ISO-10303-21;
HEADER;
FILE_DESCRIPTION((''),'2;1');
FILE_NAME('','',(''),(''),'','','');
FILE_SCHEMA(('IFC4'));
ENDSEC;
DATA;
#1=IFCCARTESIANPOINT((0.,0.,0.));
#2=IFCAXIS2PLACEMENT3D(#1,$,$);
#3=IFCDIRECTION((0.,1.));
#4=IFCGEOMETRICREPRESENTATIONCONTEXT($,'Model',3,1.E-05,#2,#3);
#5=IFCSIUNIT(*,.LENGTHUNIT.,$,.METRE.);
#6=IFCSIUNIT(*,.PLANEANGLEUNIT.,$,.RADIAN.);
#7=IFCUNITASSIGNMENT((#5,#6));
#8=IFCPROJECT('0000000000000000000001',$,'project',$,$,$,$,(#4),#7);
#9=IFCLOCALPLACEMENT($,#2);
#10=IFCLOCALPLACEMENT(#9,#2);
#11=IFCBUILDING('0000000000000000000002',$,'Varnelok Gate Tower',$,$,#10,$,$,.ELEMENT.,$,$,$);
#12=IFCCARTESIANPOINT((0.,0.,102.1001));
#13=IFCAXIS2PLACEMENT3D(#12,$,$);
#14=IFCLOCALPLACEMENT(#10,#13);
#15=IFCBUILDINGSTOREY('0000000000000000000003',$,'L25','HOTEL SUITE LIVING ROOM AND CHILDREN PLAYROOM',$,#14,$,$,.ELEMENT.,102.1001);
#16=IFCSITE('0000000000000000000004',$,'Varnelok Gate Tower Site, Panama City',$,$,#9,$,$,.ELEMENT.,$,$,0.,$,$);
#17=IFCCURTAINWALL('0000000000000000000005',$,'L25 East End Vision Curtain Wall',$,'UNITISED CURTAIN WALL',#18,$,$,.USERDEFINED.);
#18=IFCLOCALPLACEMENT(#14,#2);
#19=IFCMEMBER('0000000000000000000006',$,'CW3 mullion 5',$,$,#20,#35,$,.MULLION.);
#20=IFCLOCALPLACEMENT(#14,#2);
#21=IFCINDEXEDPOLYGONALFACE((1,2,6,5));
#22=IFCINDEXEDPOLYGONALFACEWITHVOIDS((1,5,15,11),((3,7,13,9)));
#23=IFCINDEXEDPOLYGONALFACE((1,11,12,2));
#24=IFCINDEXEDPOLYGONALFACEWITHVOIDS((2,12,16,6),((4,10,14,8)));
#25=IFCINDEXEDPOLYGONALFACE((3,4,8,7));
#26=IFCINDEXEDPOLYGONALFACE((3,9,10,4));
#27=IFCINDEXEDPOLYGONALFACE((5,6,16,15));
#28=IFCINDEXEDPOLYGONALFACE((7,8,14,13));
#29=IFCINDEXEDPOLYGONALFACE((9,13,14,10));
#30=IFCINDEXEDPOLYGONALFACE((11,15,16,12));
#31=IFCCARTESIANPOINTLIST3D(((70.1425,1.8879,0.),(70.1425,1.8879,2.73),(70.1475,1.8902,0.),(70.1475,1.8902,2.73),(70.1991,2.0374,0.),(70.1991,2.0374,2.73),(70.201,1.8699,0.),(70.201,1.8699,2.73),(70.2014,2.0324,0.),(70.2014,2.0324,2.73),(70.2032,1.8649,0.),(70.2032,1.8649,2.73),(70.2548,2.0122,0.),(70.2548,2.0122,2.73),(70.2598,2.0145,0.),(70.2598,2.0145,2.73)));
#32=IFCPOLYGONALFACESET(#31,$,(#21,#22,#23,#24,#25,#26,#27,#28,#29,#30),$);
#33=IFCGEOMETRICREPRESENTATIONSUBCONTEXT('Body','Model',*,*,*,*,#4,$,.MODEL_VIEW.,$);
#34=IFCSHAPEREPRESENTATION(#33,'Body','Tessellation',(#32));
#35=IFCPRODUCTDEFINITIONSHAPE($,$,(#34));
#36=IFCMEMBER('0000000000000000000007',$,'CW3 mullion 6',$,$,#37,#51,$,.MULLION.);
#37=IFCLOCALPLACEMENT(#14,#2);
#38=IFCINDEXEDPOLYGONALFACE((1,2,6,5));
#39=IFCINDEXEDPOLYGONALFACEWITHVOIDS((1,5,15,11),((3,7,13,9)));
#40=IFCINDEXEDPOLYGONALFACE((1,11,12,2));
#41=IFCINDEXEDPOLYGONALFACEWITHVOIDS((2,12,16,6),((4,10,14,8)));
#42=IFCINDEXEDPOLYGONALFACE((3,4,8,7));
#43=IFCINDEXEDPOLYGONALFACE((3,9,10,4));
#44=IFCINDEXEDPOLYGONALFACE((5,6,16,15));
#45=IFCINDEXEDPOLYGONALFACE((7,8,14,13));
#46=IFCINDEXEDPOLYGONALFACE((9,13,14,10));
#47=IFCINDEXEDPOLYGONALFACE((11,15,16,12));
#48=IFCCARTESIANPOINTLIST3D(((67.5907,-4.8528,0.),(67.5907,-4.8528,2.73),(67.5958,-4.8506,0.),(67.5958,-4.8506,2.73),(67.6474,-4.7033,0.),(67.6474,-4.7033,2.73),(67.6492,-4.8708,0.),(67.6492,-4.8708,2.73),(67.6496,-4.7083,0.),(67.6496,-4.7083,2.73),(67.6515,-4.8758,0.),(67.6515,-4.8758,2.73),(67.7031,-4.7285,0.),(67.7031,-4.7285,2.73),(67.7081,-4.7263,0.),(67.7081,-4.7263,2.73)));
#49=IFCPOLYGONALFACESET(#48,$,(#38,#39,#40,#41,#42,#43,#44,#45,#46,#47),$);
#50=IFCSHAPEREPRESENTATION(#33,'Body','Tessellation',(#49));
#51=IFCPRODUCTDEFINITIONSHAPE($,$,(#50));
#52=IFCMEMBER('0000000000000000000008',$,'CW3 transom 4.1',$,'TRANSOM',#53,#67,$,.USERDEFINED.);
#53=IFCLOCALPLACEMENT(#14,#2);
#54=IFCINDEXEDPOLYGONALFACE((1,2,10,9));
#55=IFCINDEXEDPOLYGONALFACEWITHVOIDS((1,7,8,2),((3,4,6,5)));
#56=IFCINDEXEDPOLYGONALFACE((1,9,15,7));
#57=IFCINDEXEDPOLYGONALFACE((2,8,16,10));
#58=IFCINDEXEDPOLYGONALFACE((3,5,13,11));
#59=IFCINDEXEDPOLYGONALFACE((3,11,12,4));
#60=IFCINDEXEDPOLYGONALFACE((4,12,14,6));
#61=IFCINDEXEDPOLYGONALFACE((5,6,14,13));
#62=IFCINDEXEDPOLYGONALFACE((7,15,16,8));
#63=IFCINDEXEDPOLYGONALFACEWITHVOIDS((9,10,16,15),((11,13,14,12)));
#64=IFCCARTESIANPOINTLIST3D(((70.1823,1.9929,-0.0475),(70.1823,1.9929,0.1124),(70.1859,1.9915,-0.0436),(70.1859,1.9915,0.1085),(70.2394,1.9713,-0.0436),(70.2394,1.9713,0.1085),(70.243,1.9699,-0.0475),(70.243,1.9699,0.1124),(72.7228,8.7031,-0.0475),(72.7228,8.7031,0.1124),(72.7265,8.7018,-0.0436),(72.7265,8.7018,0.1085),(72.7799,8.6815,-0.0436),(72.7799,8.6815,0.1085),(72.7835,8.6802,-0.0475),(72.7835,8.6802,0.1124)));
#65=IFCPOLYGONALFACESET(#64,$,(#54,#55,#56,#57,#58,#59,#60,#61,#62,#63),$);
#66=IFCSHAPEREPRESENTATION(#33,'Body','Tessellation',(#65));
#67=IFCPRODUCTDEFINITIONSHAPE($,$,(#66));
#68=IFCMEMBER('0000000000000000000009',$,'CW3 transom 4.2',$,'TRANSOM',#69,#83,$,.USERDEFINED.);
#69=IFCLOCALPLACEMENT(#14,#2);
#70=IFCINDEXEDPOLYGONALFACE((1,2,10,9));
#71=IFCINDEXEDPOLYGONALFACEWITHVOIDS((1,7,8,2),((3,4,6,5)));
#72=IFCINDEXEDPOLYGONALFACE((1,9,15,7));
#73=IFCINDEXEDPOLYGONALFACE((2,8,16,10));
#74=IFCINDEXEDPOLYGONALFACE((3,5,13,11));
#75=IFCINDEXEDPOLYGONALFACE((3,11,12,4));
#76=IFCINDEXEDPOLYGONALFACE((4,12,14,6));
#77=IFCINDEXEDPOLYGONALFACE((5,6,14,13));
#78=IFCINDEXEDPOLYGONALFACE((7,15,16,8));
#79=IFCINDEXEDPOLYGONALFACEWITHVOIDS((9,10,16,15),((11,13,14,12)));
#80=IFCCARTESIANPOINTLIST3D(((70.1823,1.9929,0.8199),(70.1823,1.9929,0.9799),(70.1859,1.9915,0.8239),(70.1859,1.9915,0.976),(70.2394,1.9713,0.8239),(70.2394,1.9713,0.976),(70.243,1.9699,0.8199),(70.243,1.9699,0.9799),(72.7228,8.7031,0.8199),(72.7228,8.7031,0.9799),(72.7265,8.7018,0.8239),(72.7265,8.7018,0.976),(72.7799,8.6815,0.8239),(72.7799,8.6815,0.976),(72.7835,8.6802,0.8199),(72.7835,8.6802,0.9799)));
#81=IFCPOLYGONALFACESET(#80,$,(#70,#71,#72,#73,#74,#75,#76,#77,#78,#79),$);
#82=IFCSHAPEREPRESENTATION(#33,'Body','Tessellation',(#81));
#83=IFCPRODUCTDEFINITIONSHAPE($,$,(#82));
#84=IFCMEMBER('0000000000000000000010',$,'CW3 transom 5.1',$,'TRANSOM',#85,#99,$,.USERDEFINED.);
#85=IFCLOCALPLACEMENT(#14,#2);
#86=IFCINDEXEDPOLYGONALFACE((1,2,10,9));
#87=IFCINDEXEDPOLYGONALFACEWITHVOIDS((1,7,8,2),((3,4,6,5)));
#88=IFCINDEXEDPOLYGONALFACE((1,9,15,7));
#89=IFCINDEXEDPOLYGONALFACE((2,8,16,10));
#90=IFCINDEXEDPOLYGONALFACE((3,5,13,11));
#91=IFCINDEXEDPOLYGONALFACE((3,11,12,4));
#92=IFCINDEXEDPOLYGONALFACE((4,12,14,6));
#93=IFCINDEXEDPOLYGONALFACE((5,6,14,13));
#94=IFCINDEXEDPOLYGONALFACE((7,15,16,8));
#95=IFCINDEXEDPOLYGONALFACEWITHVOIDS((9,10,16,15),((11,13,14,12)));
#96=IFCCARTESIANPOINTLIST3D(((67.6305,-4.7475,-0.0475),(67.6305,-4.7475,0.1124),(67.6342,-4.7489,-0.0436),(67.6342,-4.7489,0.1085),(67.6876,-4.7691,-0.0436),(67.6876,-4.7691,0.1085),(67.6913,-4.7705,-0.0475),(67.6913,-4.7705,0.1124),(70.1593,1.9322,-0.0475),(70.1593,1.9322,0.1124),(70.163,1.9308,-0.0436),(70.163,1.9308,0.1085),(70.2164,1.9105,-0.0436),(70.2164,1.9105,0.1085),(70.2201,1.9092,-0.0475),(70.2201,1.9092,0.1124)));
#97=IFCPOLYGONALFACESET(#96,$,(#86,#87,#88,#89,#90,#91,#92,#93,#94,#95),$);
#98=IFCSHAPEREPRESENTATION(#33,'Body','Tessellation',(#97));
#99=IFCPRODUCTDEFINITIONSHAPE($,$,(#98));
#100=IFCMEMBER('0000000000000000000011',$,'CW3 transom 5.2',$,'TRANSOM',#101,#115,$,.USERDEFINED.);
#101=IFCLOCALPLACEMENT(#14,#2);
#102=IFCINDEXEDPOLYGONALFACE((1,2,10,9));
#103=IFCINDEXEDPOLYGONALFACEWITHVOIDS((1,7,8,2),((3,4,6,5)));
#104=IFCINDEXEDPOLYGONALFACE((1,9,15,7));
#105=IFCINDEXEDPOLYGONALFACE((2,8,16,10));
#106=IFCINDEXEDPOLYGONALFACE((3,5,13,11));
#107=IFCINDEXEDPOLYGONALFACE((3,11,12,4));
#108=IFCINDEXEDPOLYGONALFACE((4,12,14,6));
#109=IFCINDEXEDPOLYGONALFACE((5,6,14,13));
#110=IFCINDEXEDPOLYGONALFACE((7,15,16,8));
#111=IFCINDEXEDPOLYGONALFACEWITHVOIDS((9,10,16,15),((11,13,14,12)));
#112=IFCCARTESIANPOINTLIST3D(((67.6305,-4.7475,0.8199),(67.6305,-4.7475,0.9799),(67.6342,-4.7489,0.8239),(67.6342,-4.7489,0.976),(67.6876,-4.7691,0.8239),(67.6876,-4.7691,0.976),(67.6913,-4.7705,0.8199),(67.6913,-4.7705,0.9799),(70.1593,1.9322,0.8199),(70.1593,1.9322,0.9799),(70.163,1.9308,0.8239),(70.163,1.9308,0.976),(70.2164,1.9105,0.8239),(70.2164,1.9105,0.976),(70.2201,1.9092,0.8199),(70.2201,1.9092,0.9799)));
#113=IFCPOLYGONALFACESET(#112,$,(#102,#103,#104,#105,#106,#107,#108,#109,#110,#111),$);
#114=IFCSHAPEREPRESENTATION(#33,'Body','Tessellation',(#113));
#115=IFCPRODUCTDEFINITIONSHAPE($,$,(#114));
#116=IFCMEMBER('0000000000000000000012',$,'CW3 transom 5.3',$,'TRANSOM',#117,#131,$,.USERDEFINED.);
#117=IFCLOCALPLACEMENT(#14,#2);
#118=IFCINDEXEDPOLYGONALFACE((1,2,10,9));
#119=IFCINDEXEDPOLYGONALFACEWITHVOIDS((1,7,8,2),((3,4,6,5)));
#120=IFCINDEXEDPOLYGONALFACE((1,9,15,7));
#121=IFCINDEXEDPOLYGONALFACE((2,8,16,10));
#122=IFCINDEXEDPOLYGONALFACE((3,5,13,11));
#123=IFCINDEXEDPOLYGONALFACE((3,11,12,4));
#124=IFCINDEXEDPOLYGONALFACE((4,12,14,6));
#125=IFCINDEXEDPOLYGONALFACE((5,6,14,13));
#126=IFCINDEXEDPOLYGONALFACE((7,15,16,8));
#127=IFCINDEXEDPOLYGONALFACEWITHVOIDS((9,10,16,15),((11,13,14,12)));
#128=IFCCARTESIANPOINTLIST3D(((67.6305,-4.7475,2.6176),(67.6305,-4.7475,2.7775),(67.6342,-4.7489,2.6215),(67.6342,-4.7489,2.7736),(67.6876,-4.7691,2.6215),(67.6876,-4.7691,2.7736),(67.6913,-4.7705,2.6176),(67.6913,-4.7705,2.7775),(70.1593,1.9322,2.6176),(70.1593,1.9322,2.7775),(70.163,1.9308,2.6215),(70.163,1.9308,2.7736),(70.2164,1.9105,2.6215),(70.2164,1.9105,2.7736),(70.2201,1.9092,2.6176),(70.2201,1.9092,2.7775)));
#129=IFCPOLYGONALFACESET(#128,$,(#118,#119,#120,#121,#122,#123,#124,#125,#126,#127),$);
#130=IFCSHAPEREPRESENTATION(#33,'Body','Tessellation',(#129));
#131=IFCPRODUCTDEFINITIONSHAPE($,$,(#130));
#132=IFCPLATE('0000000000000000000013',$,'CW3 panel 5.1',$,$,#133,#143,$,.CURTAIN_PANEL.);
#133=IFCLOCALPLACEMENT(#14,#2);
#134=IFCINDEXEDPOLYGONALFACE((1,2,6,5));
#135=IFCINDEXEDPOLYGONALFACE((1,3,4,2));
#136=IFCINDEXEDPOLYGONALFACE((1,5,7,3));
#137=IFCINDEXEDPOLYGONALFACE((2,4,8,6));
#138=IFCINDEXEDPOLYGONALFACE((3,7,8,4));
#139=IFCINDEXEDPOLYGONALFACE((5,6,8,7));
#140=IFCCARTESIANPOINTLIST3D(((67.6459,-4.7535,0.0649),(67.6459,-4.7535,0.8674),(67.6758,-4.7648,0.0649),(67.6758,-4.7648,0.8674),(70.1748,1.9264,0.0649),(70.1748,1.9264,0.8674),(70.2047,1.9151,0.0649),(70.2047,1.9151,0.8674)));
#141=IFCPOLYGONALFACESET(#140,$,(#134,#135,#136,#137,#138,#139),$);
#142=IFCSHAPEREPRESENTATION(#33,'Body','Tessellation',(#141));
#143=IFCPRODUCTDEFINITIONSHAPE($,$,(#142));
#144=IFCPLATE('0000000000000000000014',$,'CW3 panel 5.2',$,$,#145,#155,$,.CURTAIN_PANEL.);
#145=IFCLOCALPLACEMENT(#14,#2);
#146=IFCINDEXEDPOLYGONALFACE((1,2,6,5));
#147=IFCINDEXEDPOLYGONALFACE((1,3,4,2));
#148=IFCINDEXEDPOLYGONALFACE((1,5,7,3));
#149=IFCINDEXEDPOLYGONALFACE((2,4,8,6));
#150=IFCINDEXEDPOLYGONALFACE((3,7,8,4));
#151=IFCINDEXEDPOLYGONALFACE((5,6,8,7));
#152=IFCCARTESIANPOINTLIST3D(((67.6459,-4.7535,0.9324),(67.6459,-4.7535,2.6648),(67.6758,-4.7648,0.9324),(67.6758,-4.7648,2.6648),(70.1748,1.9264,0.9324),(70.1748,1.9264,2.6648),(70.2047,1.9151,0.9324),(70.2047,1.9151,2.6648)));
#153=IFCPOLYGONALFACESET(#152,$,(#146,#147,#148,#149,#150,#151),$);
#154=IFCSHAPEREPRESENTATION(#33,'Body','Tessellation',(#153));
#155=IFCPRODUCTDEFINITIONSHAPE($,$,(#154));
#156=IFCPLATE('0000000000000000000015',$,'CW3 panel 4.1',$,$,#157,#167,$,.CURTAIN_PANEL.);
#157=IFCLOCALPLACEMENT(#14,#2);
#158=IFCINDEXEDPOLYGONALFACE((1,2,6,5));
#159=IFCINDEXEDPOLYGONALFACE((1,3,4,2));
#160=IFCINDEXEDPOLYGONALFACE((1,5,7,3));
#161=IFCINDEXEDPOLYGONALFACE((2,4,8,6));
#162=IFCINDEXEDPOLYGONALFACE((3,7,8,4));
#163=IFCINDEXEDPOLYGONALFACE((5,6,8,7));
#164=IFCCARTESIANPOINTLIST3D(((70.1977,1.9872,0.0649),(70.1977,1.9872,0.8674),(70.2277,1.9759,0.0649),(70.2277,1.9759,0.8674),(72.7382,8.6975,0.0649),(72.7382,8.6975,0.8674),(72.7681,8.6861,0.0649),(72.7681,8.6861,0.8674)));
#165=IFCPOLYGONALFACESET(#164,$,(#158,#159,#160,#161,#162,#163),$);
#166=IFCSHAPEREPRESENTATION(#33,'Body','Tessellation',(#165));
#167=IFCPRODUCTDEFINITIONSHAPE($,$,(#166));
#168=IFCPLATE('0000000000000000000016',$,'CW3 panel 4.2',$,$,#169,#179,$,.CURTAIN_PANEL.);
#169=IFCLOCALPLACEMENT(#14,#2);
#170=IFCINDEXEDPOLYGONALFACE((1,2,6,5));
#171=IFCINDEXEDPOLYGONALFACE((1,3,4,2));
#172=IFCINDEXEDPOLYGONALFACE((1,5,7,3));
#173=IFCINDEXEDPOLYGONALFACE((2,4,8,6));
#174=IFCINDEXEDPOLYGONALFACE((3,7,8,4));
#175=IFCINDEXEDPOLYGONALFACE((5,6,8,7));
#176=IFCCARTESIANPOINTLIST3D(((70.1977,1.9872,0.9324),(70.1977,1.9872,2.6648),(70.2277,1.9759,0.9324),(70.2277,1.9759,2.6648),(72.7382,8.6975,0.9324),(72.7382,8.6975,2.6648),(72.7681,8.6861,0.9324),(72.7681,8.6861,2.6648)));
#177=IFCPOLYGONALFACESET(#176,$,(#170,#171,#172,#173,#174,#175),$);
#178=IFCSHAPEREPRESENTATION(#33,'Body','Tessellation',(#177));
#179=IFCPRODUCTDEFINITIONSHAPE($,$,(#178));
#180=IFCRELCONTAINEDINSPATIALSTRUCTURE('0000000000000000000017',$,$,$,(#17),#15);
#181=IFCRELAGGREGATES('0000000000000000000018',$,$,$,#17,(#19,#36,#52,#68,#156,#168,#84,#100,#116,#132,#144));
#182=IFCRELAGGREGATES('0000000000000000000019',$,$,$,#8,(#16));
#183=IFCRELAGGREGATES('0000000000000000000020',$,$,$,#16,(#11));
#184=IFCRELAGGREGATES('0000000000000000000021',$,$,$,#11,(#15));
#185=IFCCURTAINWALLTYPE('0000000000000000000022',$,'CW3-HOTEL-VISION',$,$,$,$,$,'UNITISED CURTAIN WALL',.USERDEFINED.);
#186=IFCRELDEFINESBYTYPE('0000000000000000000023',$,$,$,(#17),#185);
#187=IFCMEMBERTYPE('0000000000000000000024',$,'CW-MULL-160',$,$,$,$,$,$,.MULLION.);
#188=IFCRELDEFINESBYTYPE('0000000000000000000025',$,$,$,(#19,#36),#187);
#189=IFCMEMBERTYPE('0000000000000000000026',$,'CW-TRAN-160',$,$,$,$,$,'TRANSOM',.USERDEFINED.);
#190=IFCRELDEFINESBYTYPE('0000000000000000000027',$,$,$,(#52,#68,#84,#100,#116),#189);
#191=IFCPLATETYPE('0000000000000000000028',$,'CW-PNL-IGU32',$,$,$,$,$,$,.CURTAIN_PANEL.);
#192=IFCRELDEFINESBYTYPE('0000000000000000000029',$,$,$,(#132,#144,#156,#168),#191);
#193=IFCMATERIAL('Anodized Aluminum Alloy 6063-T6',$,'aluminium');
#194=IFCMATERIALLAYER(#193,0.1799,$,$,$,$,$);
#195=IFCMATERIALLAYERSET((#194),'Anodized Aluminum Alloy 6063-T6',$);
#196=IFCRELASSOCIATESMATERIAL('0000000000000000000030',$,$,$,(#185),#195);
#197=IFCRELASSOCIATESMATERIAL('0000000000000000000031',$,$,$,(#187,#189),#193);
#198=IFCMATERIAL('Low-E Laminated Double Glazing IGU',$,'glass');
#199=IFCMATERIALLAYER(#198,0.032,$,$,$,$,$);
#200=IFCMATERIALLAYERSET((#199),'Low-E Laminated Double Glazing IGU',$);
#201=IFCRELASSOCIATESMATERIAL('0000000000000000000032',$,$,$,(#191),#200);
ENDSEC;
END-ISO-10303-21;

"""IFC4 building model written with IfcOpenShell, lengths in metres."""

from ifc_helpers import new_model, si_unit, direction, frame, origin, origin_2d, place, context, subcontext, project, spatial, rectangle, hollow_rectangle, extrude, source, transform, mapped, material, layer, layer_set, material_profile, profile_set, type_object, element, aggregate, save


model = new_model("IFC4")

# Units and contexts
model_context = context("Model", 3, precision=1e-05, world=origin(), true_north=direction((0.0, 1.0)))
body_context = subcontext(model_context, "Body", "Model", "MODEL_VIEW")
ifc_project = project(units=[si_unit("LENGTHUNIT", "METRE"), si_unit("PLANEANGLEUNIT", "RADIAN")], contexts=[model_context])

# Site, building, storey
site_placement = place(None, origin())
site = spatial("IfcSite", under=ifc_project, at=site_placement, Name="Varnelok Gate Tower Site, Panama City", CompositionType="ELEMENT", RefElevation=0.0)
building_placement = place(site_placement, origin())
building = spatial("IfcBuilding", under=site, at=building_placement, Name="Varnelok Gate Tower", CompositionType="ELEMENT")
storey_placement = place(building_placement, frame((0.0, 0.0, 102.1001)))
storey = spatial("IfcBuildingStorey", under=building, at=storey_placement, Name="L25", Description="HOTEL SUITE LIVING ROOM AND CHILDREN PLAYROOM", CompositionType="ELEMENT", Elevation=102.1001)

# Curtain wall, members, plates
ifc_material_1 = material(Name="Anodized Aluminum Alloy 6063-T6", Category="aluminium")
ifc_layer_1 = layer(ifc_material_1, 0.1799)
ifc_layer_set_1 = layer_set([ifc_layer_1], Name="Anodized Aluminum Alloy 6063-T6")
curtain_wall_type = type_object("IfcCurtainWallType", Name="CW3-HOTEL-VISION", ElementType="UNITISED CURTAIN WALL", PredefinedType="USERDEFINED", material=ifc_layer_set_1)
curtain_wall_placement = place(storey_placement, origin())
curtain_wall = element("IfcCurtainWall", 1, at=curtain_wall_placement, inside=storey, type_object=curtain_wall_type, Name="L25 East End Vision Curtain Wall", ObjectType="UNITISED CURTAIN WALL", PredefinedType="USERDEFINED")
ifc_material_profile_1 = material_profile(ifc_material_1, hollow_rectangle(XDim=0.0649, YDim=0.1599, WallThickness=0.0039, at=origin_2d()), Name="ALU160X65X4")
ifc_profile_set_1 = profile_set([ifc_material_profile_1], Name="Anodized Aluminum Alloy 6063-T6")
member_type_1 = type_object("IfcMemberType", Name="CW-MULL-160", PredefinedType="MULLION", material=ifc_profile_set_1)
member_1_placement = place(storey_placement, frame((70.2012, 1.9512, 0.0), z_axis=(0.0, 0.0, 1.0), x_axis=(0.935221, -0.354064, 0.0)))
member_1 = element("IfcMember", 2, at=member_1_placement, type_object=member_type_1, Name="CW3 mullion 5", PredefinedType="MULLION", context=body_context, shape_type="SweptSolid", body=[
    extrude(hollow_rectangle(XDim=0.0649, YDim=0.1599, WallThickness=0.0039, at=origin_2d()), origin(), (0.0, 0.0, 1.0), 2.73),
])
member_2_placement = place(storey_placement, frame((67.6494, -4.7896, 0.0), z_axis=(0.0, 0.0, 1.0), x_axis=(0.935221, -0.354064, 0.0)))
member_2 = element("IfcMember", 3, at=member_2_placement, type_object=member_type_1, Name="CW3 mullion 6", PredefinedType="MULLION", context=body_context, shape_type="SweptSolid", body=[
    extrude(hollow_rectangle(XDim=0.0649, YDim=0.1599, WallThickness=0.0039, at=origin_2d()), origin(), (0.0, 0.0, 1.0), 2.73),
])
ifc_material_profile_2 = material_profile(ifc_material_1, hollow_rectangle(XDim=0.0649, YDim=0.1599, WallThickness=0.0039, at=origin_2d()), Name="ALU160X65X4")
ifc_profile_set_2 = profile_set([ifc_material_profile_2], Name="Anodized Aluminum Alloy 6063-T6")
member_type_2 = type_object("IfcMemberType", Name="CW-TRAN-160", ElementType="TRANSOM", PredefinedType="USERDEFINED", material=ifc_profile_set_2)
member_3_placement = place(storey_placement, frame((72.7532, 8.6917, 0.0325), z_axis=(-0.354079, -0.935216, 0.0), x_axis=(0.935216, -0.354079, 0.0)))
member_3 = element("IfcMember", 4, at=member_3_placement, type_object=member_type_2, Name="CW3 transom 4.1", ObjectType="TRANSOM", PredefinedType="USERDEFINED", context=body_context, shape_type="SweptSolid", body=[
    extrude(hollow_rectangle(XDim=0.0649, YDim=0.1599, WallThickness=0.0039, at=origin_2d()), origin(), (0.0, 0.0, 1.0), 7.175),
])
member_4_placement = place(storey_placement, frame((72.7532, 8.6917, 0.8999), z_axis=(-0.354079, -0.935216, 0.0), x_axis=(0.935216, -0.354079, 0.0)))
member_4 = element("IfcMember", 5, at=member_4_placement, type_object=member_type_2, Name="CW3 transom 4.2", ObjectType="TRANSOM", PredefinedType="USERDEFINED", context=body_context, shape_type="SweptSolid", body=[
    extrude(hollow_rectangle(XDim=0.0649, YDim=0.1599, WallThickness=0.0039, at=origin_2d()), origin(), (0.0, 0.0, 1.0), 7.175),
])
member_5_placement = place(storey_placement, frame((70.1897, 1.9207, 0.0325), z_axis=(-0.354059, -0.935223, 0.0), x_axis=(0.935223, -0.354059, 0.0)))
member_5 = element("IfcMember", 6, at=member_5_placement, type_object=member_type_2, Name="CW3 transom 5.1", ObjectType="TRANSOM", PredefinedType="USERDEFINED", context=body_context, shape_type="SweptSolid", body=[
    extrude(hollow_rectangle(XDim=0.0649, YDim=0.1599, WallThickness=0.0039, at=origin_2d()), origin(), (0.0, 0.0, 1.0), 7.1423),
])
member_6_placement = place(storey_placement, frame((70.1897, 1.9207, 0.8999), z_axis=(-0.354059, -0.935223, 0.0), x_axis=(0.935223, -0.354059, 0.0)))
member_6 = element("IfcMember", 7, at=member_6_placement, type_object=member_type_2, Name="CW3 transom 5.2", ObjectType="TRANSOM", PredefinedType="USERDEFINED", context=body_context, shape_type="SweptSolid", body=[
    extrude(hollow_rectangle(XDim=0.0649, YDim=0.1599, WallThickness=0.0039, at=origin_2d()), origin(), (0.0, 0.0, 1.0), 7.1423),
])
member_7_placement = place(storey_placement, frame((70.1897, 1.9207, 2.6975), z_axis=(-0.354059, -0.935223, 0.0), x_axis=(0.935223, -0.354059, 0.0)))
member_7 = element("IfcMember", 8, at=member_7_placement, type_object=member_type_2, Name="CW3 transom 5.3", ObjectType="TRANSOM", PredefinedType="USERDEFINED", context=body_context, shape_type="SweptSolid", body=[
    extrude(hollow_rectangle(XDim=0.0649, YDim=0.1599, WallThickness=0.0039, at=origin_2d()), origin(), (0.0, 0.0, 1.0), 7.1423),
])
ifc_material_2 = material(Name="Low-E Laminated Double Glazing IGU", Category="glass")
ifc_layer_2 = layer(ifc_material_2, 0.032)
ifc_layer_set_2 = layer_set([ifc_layer_2], Name="Low-E Laminated Double Glazing IGU")
plate_type = type_object("IfcPlateType", Name="CW-PNL-IGU32", PredefinedType="CURTAIN_PANEL", material=ifc_layer_set_2)
shared_shape_1 = source(origin(), body_context, "Body", "SweptSolid", [
    extrude(rectangle(XDim=7.1426, YDim=0.032, at=origin_2d()), origin(), (0.0, 0.0, 1.0), 0.8025),
])
plate_1_placement = place(storey_placement, frame((68.9253, -1.4192, 0.0649), z_axis=(0.0, 0.0, 1.0), x_axis=(-0.354064, -0.935221, 0.0)))
plate_1 = element("IfcPlate", 9, at=plate_1_placement, type_object=plate_type, Name="CW3 panel 5.1", PredefinedType="CURTAIN_PANEL", context=body_context, shape_type="MappedRepresentation", body=[
    mapped(shared_shape_1, transform((0.0, 0.0, 0.0), scale=1.0)),
])
shared_shape_2 = source(origin(), body_context, "Body", "SweptSolid", [
    extrude(rectangle(XDim=7.1426, YDim=0.032, at=origin_2d()), origin(), (0.0, 0.0, 1.0), 1.7324),
])
plate_2_placement = place(storey_placement, frame((68.9253, -1.4192, 0.9324), z_axis=(0.0, 0.0, 1.0), x_axis=(-0.354064, -0.935221, 0.0)))
plate_2 = element("IfcPlate", 10, at=plate_2_placement, type_object=plate_type, Name="CW3 panel 5.2", PredefinedType="CURTAIN_PANEL", context=body_context, shape_type="MappedRepresentation", body=[
    mapped(shared_shape_2, transform((0.0, 0.0, 0.0), scale=1.0)),
])
shared_shape_3 = source(origin(), body_context, "Body", "SweptSolid", [
    extrude(rectangle(XDim=7.175, YDim=0.032, at=origin_2d()), origin(), (0.0, 0.0, 1.0), 0.8025),
])
plate_3_placement = place(storey_placement, frame((71.4829, 5.3367, 0.0649), z_axis=(0.0, 0.0, 1.0), x_axis=(-0.354064, -0.935221, 0.0)))
plate_3 = element("IfcPlate", 11, at=plate_3_placement, type_object=plate_type, Name="CW3 panel 4.1", PredefinedType="CURTAIN_PANEL", context=body_context, shape_type="MappedRepresentation", body=[
    mapped(shared_shape_3, transform((0.0, 0.0, 0.0), scale=1.0)),
])
shared_shape_4 = source(origin(), body_context, "Body", "SweptSolid", [
    extrude(rectangle(XDim=7.175, YDim=0.032, at=origin_2d()), origin(), (0.0, 0.0, 1.0), 1.7324),
])
plate_4_placement = place(storey_placement, frame((71.4829, 5.3367, 0.9324), z_axis=(0.0, 0.0, 1.0), x_axis=(-0.354064, -0.935221, 0.0)))
plate_4 = element("IfcPlate", 12, at=plate_4_placement, type_object=plate_type, Name="CW3 panel 4.2", PredefinedType="CURTAIN_PANEL", context=body_context, shape_type="MappedRepresentation", body=[
    mapped(shared_shape_4, transform((0.0, 0.0, 0.0), scale=1.0)),
])
aggregate(curtain_wall, [member_1, member_2, member_3, member_4, plate_3, plate_4, member_5, member_6, member_7, plate_1, plate_2])

save(model, "model.ifc")
